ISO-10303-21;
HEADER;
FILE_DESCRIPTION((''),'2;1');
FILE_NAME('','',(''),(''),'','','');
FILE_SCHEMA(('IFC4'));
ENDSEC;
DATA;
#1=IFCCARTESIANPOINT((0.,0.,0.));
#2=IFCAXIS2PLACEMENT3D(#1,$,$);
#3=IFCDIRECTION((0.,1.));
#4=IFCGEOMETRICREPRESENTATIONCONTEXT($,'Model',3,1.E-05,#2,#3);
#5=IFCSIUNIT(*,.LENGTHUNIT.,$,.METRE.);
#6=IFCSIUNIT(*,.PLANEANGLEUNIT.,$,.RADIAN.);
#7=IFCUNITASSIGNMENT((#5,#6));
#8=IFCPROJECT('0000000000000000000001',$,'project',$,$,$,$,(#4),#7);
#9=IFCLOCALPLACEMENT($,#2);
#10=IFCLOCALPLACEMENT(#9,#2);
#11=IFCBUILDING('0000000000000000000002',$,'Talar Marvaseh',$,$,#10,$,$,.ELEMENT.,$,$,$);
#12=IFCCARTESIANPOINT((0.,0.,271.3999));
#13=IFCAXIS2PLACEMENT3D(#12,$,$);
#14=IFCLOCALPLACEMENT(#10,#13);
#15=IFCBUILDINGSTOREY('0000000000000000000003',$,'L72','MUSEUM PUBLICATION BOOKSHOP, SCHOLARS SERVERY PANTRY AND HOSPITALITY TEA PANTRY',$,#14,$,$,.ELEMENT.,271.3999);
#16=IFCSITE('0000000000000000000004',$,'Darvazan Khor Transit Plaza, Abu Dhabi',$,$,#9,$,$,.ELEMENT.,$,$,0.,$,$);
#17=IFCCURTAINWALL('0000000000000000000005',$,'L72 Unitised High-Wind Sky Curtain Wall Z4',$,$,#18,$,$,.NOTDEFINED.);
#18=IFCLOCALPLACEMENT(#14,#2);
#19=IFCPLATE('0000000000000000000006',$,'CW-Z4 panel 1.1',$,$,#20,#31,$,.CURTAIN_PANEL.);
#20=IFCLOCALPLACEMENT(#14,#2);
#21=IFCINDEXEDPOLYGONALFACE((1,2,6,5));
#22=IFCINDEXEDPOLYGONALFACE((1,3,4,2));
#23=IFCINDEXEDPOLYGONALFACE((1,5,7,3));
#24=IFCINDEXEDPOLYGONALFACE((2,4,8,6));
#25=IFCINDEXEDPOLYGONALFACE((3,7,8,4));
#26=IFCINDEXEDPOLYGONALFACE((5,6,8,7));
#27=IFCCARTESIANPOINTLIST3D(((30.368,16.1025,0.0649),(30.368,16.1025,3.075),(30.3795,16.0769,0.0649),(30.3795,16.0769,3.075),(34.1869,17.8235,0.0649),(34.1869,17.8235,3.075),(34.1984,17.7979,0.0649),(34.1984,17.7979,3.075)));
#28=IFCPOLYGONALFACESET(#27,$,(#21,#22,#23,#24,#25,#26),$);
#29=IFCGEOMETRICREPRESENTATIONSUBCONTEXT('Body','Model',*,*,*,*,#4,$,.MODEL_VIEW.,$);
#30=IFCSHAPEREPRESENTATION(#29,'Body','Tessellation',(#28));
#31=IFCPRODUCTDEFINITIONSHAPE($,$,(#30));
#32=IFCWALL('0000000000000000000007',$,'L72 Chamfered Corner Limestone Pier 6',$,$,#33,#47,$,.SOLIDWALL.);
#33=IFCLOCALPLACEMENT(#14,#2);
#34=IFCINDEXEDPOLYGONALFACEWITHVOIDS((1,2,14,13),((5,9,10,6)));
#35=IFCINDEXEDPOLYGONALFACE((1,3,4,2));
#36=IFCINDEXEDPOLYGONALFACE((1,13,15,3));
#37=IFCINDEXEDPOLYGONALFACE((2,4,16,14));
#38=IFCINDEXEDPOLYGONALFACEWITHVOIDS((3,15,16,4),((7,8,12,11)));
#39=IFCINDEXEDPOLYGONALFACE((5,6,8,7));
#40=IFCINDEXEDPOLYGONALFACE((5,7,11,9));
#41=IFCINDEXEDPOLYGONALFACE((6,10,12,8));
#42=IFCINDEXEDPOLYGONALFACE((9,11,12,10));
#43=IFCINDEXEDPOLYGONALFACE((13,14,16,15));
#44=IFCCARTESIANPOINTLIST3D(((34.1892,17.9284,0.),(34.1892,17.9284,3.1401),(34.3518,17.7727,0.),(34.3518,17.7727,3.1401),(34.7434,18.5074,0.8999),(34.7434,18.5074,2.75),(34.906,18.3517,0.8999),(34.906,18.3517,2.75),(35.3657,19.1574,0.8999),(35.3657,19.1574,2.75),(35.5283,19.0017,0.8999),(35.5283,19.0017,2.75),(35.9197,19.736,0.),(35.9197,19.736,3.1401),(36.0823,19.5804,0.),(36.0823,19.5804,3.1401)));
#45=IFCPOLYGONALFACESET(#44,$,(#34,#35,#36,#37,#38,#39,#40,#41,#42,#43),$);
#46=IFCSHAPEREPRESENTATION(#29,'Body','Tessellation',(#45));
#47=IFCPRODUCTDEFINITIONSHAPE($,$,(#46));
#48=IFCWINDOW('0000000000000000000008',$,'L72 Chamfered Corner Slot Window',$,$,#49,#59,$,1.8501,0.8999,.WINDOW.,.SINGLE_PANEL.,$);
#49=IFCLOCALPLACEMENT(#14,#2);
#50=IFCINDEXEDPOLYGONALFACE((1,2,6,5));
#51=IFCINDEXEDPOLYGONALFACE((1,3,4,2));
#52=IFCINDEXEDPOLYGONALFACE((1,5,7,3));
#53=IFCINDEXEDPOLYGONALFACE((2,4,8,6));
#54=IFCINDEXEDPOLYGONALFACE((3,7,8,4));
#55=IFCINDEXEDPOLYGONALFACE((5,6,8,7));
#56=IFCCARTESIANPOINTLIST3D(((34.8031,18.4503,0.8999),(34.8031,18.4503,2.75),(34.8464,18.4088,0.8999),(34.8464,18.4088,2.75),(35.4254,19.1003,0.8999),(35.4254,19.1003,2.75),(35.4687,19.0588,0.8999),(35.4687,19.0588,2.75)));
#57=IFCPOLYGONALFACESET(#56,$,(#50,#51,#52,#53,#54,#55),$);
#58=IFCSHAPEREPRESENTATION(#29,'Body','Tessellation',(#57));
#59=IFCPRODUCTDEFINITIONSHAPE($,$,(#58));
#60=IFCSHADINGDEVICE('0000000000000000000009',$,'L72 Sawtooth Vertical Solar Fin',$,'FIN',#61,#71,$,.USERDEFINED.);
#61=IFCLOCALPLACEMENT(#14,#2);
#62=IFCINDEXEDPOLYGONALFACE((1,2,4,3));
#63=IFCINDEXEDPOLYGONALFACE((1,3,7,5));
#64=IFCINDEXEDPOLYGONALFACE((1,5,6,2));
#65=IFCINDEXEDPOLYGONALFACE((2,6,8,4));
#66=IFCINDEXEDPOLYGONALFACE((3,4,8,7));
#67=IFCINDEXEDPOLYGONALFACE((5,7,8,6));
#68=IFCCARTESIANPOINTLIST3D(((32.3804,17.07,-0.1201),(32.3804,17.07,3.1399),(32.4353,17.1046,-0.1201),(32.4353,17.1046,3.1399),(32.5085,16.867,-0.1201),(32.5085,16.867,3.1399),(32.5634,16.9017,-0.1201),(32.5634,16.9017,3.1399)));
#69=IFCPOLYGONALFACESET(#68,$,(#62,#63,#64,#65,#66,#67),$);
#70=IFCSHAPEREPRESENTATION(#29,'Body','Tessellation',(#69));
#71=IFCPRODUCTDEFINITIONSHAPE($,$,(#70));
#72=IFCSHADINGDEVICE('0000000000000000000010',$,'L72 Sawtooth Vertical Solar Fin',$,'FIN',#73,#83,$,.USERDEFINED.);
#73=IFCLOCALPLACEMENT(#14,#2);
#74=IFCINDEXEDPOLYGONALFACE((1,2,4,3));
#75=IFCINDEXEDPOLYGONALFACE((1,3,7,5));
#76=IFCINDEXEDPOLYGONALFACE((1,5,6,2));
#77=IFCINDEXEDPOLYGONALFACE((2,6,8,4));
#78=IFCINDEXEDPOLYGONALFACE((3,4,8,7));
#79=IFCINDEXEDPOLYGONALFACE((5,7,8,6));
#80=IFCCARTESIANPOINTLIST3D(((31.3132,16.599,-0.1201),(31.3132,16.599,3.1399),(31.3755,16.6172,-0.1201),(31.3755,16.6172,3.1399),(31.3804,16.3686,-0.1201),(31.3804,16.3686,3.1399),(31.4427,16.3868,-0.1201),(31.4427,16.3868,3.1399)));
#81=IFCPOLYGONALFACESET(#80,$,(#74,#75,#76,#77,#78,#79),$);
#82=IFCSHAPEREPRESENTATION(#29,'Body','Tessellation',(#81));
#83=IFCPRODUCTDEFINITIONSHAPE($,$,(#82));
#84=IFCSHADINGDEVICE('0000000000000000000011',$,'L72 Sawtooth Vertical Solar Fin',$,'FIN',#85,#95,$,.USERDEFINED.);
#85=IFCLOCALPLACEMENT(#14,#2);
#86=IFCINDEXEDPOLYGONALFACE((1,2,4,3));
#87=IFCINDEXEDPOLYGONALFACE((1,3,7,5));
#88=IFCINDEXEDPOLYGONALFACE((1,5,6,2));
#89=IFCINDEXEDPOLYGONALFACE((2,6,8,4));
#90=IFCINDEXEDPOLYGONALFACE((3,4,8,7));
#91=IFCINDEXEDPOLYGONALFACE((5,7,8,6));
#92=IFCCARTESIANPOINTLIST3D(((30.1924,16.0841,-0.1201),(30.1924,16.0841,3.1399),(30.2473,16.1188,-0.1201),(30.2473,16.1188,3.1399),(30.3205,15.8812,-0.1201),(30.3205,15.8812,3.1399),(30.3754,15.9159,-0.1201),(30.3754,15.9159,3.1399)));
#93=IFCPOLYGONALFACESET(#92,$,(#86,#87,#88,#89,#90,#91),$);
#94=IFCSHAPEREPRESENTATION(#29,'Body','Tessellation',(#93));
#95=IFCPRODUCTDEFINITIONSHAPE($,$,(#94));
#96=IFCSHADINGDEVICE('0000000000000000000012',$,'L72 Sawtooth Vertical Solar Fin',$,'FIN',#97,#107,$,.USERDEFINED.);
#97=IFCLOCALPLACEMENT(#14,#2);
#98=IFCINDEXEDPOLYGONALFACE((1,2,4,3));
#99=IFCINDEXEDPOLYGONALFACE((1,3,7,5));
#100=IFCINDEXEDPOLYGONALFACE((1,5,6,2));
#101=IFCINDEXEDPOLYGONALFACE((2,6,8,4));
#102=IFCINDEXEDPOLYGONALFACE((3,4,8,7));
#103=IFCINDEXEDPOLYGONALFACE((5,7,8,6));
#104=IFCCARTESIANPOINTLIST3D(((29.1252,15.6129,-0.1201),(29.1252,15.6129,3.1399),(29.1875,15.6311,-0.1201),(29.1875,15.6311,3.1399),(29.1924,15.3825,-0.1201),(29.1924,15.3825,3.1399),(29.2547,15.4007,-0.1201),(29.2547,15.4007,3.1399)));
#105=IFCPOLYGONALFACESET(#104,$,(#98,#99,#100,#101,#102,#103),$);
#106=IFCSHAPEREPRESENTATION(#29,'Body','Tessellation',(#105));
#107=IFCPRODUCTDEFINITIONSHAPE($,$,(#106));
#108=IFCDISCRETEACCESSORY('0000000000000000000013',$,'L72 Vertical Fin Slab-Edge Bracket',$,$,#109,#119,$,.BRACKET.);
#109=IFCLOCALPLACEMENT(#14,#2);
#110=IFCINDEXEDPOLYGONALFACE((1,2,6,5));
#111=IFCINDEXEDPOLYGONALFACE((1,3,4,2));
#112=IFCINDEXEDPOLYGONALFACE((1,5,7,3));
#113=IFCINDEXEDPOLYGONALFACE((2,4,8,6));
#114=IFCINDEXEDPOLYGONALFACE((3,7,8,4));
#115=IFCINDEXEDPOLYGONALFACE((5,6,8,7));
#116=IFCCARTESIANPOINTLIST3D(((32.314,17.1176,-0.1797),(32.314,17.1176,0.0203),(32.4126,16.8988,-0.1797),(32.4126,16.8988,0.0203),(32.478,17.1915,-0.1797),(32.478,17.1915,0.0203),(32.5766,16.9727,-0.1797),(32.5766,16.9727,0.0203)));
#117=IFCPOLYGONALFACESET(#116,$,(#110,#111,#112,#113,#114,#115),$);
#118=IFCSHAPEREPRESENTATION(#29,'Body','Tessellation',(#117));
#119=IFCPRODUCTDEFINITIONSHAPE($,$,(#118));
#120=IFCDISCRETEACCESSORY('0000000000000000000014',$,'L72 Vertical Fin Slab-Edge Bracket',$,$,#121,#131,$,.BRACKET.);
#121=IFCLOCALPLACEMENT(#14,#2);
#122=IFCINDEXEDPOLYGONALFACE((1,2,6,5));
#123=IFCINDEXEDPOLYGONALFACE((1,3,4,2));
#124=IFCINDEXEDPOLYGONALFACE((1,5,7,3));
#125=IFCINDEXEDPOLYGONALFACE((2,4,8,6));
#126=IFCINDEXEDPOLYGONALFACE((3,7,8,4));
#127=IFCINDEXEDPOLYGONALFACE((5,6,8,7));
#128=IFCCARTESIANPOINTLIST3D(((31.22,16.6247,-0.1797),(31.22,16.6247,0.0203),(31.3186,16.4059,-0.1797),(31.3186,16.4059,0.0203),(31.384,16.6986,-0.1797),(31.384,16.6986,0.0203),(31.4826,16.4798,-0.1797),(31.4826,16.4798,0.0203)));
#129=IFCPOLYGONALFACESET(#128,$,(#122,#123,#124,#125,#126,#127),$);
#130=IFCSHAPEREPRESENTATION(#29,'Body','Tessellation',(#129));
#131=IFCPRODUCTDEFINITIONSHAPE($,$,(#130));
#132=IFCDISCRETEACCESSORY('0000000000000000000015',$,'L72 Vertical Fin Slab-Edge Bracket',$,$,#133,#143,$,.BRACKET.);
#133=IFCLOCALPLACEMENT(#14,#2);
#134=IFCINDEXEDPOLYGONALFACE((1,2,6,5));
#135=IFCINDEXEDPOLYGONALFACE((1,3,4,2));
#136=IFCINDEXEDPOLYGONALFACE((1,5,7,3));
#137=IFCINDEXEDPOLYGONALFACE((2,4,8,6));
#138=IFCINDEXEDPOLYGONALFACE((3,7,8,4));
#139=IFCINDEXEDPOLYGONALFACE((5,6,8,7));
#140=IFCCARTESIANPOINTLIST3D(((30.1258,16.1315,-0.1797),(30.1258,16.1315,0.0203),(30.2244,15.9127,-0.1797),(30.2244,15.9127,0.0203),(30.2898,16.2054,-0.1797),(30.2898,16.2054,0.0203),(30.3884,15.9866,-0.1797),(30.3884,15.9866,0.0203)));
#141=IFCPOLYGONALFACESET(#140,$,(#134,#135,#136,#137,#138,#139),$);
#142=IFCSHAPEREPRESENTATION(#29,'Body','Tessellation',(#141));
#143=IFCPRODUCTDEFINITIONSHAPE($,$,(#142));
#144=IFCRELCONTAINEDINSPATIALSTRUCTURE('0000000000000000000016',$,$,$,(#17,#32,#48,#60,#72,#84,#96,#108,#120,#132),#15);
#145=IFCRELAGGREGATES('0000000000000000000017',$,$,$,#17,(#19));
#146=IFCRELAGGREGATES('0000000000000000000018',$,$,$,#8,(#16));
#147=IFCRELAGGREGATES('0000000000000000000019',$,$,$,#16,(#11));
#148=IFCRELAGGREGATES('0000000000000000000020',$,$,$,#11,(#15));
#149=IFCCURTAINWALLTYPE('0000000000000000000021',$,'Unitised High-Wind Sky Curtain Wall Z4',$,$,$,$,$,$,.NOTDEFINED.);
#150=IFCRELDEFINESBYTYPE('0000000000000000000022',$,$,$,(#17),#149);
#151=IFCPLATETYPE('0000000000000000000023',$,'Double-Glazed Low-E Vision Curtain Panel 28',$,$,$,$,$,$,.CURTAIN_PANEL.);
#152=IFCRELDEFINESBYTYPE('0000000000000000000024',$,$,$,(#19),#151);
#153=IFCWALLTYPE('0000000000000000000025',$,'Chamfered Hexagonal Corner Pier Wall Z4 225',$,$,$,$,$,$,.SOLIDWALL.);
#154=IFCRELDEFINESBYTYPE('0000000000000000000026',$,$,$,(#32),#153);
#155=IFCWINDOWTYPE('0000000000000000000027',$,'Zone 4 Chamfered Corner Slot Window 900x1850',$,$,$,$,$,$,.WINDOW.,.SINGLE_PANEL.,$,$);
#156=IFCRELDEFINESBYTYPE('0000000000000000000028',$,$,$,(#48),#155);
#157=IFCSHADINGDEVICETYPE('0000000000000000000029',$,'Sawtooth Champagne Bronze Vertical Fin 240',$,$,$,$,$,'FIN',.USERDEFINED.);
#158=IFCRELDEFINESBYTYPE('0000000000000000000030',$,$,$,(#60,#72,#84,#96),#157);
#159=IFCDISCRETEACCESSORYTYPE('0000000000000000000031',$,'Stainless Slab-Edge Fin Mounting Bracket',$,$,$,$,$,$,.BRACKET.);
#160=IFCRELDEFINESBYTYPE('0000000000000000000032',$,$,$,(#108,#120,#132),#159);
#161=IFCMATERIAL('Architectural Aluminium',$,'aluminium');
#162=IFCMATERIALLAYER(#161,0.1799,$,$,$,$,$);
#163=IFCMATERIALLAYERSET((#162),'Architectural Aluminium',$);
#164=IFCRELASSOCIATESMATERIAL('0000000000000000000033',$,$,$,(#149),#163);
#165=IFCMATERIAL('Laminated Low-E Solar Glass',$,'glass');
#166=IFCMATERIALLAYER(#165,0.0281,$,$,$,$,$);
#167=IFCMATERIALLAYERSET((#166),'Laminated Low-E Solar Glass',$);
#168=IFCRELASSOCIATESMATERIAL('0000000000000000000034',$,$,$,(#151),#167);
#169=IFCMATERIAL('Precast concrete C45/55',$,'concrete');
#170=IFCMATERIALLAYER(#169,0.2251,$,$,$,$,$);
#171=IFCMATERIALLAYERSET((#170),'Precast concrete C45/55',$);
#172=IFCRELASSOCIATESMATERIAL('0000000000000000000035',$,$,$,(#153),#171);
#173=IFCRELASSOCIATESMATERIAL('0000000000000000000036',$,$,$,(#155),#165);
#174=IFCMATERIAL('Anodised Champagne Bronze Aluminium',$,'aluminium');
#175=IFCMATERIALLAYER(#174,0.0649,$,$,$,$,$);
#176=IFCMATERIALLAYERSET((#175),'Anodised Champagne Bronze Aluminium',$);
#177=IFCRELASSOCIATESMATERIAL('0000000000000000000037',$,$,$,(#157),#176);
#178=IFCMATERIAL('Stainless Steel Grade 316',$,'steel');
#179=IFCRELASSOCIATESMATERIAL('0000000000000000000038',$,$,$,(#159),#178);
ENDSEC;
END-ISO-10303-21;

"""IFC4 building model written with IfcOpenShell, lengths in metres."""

from ifc_helpers import new_model, si_unit, direction, frame, frame_2d, origin, origin_2d, place, context, subcontext, project, spatial, rectangle, extrude, source, transform, mapped, material, layer, layer_set, type_object, type_shapes, element, fill, aggregate, save


model = new_model("IFC4")

# Units and contexts
model_context = context("Model", 3, precision=1e-05, world=origin(), true_north=direction((0.0, 1.0)))
body_context = subcontext(model_context, "Body", "Model", "MODEL_VIEW")
ifc_project = project(units=[si_unit("LENGTHUNIT", "METRE"), si_unit("PLANEANGLEUNIT", "RADIAN")], contexts=[model_context])

# Site, building, storey
site_placement = place(None, origin())
site = spatial("IfcSite", under=ifc_project, at=site_placement, Name="Darvazan Khor Transit Plaza, Abu Dhabi", CompositionType="ELEMENT", RefElevation=0.0)
building_placement = place(site_placement, origin())
building = spatial("IfcBuilding", under=site, at=building_placement, Name="Talar Marvaseh", CompositionType="ELEMENT")
storey_placement = place(building_placement, frame((0.0, 0.0, 271.3999)))
storey = spatial("IfcBuildingStorey", under=building, at=storey_placement, Name="L72", Description="MUSEUM PUBLICATION BOOKSHOP, SCHOLARS SERVERY PANTRY AND HOSPITALITY TEA PANTRY", CompositionType="ELEMENT", Elevation=271.3999)

# Curtain wall
ifc_material_1 = material(Name="Architectural Aluminium", Category="aluminium")
ifc_layer_1 = layer(ifc_material_1, 0.1799)
ifc_layer_set_1 = layer_set([ifc_layer_1], Name="Architectural Aluminium")
curtain_wall_type = type_object("IfcCurtainWallType", Name="Unitised High-Wind Sky Curtain Wall Z4", PredefinedType="NOTDEFINED", material=ifc_layer_set_1)
curtain_wall_1_placement = place(storey_placement, origin())
curtain_wall_1 = element("IfcCurtainWall", 1, at=curtain_wall_1_placement, inside=storey, type_object=curtain_wall_type, Name="L72 Unitised High-Wind Sky Curtain Wall Z4", PredefinedType="NOTDEFINED")

# Plate
ifc_material_2 = material(Name="Laminated Low-E Solar Glass", Category="glass")
ifc_layer_2 = layer(ifc_material_2, 0.0281)
ifc_layer_set_2 = layer_set([ifc_layer_2], Name="Laminated Low-E Solar Glass")
plate_type = type_object("IfcPlateType", Name="Double-Glazed Low-E Vision Curtain Panel 28", PredefinedType="CURTAIN_PANEL", material=ifc_layer_set_2)
shared_shape_1 = source(origin(), body_context, "Body", "SweptSolid", [
    extrude(rectangle(XDim=4.1887, YDim=0.0281, at=origin_2d()), origin(), (0.0, 0.0, 1.0), 3.01),
])
type_shapes(plate_type, [shared_shape_1])
plate_placement = place(storey_placement, frame((32.2832, 16.9502, 0.0649), z_axis=(0.0, 0.0, 1.0), x_axis=(-0.911699, -0.41086, 0.0)))
plate = element("IfcPlate", 2, at=plate_placement, type_object=plate_type, Name="CW-Z4 panel 1.1", PredefinedType="CURTAIN_PANEL", context=body_context, shape_type="MappedRepresentation", body=[
    mapped(shared_shape_1, transform((0.0, 0.0, 0.0), x_axis=(1.0, 0.0, 0.0), y_axis=(0.0, 1.0, 0.0), z_axis=(0.0, 0.0, 1.0), scale=1.0)),
])
aggregate(curtain_wall_1, [plate])

# Wall, opening, window
ifc_material_3 = material(Name="Precast concrete C45/55", Category="concrete")
ifc_layer_3 = layer(ifc_material_3, 0.2251)
ifc_layer_set_3 = layer_set([ifc_layer_3], Name="Precast concrete C45/55")
wall_type = type_object("IfcWallType", Name="Chamfered Hexagonal Corner Pier Wall Z4 225", PredefinedType="SOLIDWALL", material=ifc_layer_set_3)
wall_placement = place(storey_placement, frame((36.001, 19.6582, 0.0), z_axis=(0.0, 0.0, 1.0), x_axis=(-0.691524, -0.722354, 0.0)))
wall = element("IfcWall", 3, at=wall_placement, inside=storey, type_object=wall_type, Name="L72 Chamfered Corner Limestone Pier 6", PredefinedType="SOLIDWALL", context=body_context, shape_type="SweptSolid", body=[
    extrude(rectangle(XDim=2.5024, YDim=0.2251, at=frame_2d((1.2512, 0.0))), origin(), (0.0, 0.0, 1.0), 3.1401),
])
opening_placement = place(wall_placement, frame((0.801, 0.0, 0.8999)))
opening = element("IfcOpeningElement", 4, at=opening_placement, cuts=wall, PredefinedType="OPENING", context=body_context, shape_type="SweptSolid", body=[
    extrude(rectangle(XDim=0.8999, YDim=1.8501, at=frame_2d((0.45, 0.925))), frame((0.0, 0.1226, 0.0), z_axis=(0.0, -1.0, 0.0), x_axis=(1.0, 0.0, 0.0)), (0.0, 0.0, 1.0), 0.2451),
])
window_type = type_object("IfcWindowType", Name="Zone 4 Chamfered Corner Slot Window 900x1850", PartitioningType="SINGLE_PANEL", PredefinedType="WINDOW", material=ifc_material_2)
shared_shape_2 = source(origin(), body_context, "Body", "SweptSolid", [
    extrude(rectangle(XDim=0.8999, YDim=1.8501, at=frame_2d((0.45, 0.925))), frame((0.0, 0.03, 0.0), z_axis=(0.0, -1.0, 0.0), x_axis=(1.0, 0.0, 0.0)), (0.0, 0.0, 1.0), 0.0601),
])
type_shapes(window_type, [shared_shape_2])
window_placement = place(opening_placement, origin())
window = element("IfcWindow", 5, at=window_placement, inside=storey, type_object=window_type, Name="L72 Chamfered Corner Slot Window", OverallHeight=1.8501, OverallWidth=0.8999, PartitioningType="SINGLE_PANEL", PredefinedType="WINDOW", context=body_context, shape_type="MappedRepresentation", body=[
    mapped(shared_shape_2, transform((0.0, 0.0, 0.0), x_axis=(1.0, 0.0, 0.0), y_axis=(0.0, 1.0, 0.0), z_axis=(0.0, 0.0, 1.0), scale=1.0)),
])
fill(opening, window)

# Shading devices
ifc_material_4 = material(Name="Anodised Champagne Bronze Aluminium", Category="aluminium")
ifc_layer_4 = layer(ifc_material_4, 0.0649)
ifc_layer_set_4 = layer_set([ifc_layer_4], Name="Anodised Champagne Bronze Aluminium")
shading_device_type = type_object("IfcShadingDeviceType", Name="Sawtooth Champagne Bronze Vertical Fin 240", ElementType="FIN", PredefinedType="USERDEFINED", material=ifc_layer_set_4)
shared_shape_3 = source(origin(), body_context, "Body", "SweptSolid", [
    extrude(rectangle(XDim=0.24, YDim=0.0649, at=origin_2d()), origin(), (0.0, 0.0, 1.0), 3.26),
])
type_shapes(shading_device_type, [shared_shape_3])
for number, where, z_axis, x_axis, name in (
    (6, (32.4719, 16.9858, -0.1201), (0.0, 0.0, 1.0), (0.533762, -0.845635, 0.0), "L72 Sawtooth Vertical Solar Fin"),
    (7, (31.3779, 16.4929, -0.1201), (0.0, 0.0, 1.0), (0.279997, -0.960001, 0.0), "L72 Sawtooth Vertical Solar Fin"),
    (8, (30.2839, 16.0, -0.1201), (0.0, 0.0, 1.0), (0.533762, -0.845635, 0.0), "L72 Sawtooth Vertical Solar Fin"),
    (9, (29.1899, 15.5068, -0.1201), (0.0, 0.0, 1.0), (0.279997, -0.960001, 0.0), "L72 Sawtooth Vertical Solar Fin"),
):
    element("IfcShadingDevice", number, at=place(storey_placement, frame(where, z_axis=z_axis, x_axis=x_axis)), inside=storey, type_object=shading_device_type, Name=name, ObjectType="FIN", PredefinedType="USERDEFINED", context=body_context, shape_type="MappedRepresentation", body=[
        mapped(shared_shape_3, transform((0.0, 0.0, 0.0), x_axis=(1.0, 0.0, 0.0), y_axis=(0.0, 1.0, 0.0), z_axis=(0.0, 0.0, 1.0), scale=1.0)),
    ])

# Discrete accessories
ifc_material_5 = material(Name="Stainless Steel Grade 316", Category="steel")
discrete_accessory_type = type_object("IfcDiscreteAccessoryType", Name="Stainless Slab-Edge Fin Mounting Bracket", PredefinedType="BRACKET", material=ifc_material_5)
shared_shape_4 = source(origin(), body_context, "Body", "SweptSolid", [
    extrude(rectangle(XDim=0.24, YDim=0.1799, at=origin_2d()), origin(), (0.0, 0.0, 1.0), 0.2),
])
type_shapes(discrete_accessory_type, [shared_shape_4])
for number, where, z_axis, x_axis, name in (
    (10, (32.4453, 17.0452, -0.1797), (0.0, 0.0, 1.0), (0.410878, -0.91169, 0.0), "L72 Vertical Fin Slab-Edge Bracket"),
    (11, (31.3513, 16.5522, -0.1797), (0.0, 0.0, 1.0), (0.410878, -0.91169, 0.0), "L72 Vertical Fin Slab-Edge Bracket"),
    (12, (30.2571, 16.0591, -0.1797), (0.0, 0.0, 1.0), (0.410878, -0.91169, 0.0), "L72 Vertical Fin Slab-Edge Bracket"),
):
    element("IfcDiscreteAccessory", number, at=place(storey_placement, frame(where, z_axis=z_axis, x_axis=x_axis)), inside=storey, type_object=discrete_accessory_type, Name=name, PredefinedType="BRACKET", context=body_context, shape_type="MappedRepresentation", body=[
        mapped(shared_shape_4, transform((0.0, 0.0, 0.0), x_axis=(1.0, 0.0, 0.0), y_axis=(0.0, 1.0, 0.0), z_axis=(0.0, 0.0, 1.0), scale=1.0)),
    ])

save(model, "model.ifc")
